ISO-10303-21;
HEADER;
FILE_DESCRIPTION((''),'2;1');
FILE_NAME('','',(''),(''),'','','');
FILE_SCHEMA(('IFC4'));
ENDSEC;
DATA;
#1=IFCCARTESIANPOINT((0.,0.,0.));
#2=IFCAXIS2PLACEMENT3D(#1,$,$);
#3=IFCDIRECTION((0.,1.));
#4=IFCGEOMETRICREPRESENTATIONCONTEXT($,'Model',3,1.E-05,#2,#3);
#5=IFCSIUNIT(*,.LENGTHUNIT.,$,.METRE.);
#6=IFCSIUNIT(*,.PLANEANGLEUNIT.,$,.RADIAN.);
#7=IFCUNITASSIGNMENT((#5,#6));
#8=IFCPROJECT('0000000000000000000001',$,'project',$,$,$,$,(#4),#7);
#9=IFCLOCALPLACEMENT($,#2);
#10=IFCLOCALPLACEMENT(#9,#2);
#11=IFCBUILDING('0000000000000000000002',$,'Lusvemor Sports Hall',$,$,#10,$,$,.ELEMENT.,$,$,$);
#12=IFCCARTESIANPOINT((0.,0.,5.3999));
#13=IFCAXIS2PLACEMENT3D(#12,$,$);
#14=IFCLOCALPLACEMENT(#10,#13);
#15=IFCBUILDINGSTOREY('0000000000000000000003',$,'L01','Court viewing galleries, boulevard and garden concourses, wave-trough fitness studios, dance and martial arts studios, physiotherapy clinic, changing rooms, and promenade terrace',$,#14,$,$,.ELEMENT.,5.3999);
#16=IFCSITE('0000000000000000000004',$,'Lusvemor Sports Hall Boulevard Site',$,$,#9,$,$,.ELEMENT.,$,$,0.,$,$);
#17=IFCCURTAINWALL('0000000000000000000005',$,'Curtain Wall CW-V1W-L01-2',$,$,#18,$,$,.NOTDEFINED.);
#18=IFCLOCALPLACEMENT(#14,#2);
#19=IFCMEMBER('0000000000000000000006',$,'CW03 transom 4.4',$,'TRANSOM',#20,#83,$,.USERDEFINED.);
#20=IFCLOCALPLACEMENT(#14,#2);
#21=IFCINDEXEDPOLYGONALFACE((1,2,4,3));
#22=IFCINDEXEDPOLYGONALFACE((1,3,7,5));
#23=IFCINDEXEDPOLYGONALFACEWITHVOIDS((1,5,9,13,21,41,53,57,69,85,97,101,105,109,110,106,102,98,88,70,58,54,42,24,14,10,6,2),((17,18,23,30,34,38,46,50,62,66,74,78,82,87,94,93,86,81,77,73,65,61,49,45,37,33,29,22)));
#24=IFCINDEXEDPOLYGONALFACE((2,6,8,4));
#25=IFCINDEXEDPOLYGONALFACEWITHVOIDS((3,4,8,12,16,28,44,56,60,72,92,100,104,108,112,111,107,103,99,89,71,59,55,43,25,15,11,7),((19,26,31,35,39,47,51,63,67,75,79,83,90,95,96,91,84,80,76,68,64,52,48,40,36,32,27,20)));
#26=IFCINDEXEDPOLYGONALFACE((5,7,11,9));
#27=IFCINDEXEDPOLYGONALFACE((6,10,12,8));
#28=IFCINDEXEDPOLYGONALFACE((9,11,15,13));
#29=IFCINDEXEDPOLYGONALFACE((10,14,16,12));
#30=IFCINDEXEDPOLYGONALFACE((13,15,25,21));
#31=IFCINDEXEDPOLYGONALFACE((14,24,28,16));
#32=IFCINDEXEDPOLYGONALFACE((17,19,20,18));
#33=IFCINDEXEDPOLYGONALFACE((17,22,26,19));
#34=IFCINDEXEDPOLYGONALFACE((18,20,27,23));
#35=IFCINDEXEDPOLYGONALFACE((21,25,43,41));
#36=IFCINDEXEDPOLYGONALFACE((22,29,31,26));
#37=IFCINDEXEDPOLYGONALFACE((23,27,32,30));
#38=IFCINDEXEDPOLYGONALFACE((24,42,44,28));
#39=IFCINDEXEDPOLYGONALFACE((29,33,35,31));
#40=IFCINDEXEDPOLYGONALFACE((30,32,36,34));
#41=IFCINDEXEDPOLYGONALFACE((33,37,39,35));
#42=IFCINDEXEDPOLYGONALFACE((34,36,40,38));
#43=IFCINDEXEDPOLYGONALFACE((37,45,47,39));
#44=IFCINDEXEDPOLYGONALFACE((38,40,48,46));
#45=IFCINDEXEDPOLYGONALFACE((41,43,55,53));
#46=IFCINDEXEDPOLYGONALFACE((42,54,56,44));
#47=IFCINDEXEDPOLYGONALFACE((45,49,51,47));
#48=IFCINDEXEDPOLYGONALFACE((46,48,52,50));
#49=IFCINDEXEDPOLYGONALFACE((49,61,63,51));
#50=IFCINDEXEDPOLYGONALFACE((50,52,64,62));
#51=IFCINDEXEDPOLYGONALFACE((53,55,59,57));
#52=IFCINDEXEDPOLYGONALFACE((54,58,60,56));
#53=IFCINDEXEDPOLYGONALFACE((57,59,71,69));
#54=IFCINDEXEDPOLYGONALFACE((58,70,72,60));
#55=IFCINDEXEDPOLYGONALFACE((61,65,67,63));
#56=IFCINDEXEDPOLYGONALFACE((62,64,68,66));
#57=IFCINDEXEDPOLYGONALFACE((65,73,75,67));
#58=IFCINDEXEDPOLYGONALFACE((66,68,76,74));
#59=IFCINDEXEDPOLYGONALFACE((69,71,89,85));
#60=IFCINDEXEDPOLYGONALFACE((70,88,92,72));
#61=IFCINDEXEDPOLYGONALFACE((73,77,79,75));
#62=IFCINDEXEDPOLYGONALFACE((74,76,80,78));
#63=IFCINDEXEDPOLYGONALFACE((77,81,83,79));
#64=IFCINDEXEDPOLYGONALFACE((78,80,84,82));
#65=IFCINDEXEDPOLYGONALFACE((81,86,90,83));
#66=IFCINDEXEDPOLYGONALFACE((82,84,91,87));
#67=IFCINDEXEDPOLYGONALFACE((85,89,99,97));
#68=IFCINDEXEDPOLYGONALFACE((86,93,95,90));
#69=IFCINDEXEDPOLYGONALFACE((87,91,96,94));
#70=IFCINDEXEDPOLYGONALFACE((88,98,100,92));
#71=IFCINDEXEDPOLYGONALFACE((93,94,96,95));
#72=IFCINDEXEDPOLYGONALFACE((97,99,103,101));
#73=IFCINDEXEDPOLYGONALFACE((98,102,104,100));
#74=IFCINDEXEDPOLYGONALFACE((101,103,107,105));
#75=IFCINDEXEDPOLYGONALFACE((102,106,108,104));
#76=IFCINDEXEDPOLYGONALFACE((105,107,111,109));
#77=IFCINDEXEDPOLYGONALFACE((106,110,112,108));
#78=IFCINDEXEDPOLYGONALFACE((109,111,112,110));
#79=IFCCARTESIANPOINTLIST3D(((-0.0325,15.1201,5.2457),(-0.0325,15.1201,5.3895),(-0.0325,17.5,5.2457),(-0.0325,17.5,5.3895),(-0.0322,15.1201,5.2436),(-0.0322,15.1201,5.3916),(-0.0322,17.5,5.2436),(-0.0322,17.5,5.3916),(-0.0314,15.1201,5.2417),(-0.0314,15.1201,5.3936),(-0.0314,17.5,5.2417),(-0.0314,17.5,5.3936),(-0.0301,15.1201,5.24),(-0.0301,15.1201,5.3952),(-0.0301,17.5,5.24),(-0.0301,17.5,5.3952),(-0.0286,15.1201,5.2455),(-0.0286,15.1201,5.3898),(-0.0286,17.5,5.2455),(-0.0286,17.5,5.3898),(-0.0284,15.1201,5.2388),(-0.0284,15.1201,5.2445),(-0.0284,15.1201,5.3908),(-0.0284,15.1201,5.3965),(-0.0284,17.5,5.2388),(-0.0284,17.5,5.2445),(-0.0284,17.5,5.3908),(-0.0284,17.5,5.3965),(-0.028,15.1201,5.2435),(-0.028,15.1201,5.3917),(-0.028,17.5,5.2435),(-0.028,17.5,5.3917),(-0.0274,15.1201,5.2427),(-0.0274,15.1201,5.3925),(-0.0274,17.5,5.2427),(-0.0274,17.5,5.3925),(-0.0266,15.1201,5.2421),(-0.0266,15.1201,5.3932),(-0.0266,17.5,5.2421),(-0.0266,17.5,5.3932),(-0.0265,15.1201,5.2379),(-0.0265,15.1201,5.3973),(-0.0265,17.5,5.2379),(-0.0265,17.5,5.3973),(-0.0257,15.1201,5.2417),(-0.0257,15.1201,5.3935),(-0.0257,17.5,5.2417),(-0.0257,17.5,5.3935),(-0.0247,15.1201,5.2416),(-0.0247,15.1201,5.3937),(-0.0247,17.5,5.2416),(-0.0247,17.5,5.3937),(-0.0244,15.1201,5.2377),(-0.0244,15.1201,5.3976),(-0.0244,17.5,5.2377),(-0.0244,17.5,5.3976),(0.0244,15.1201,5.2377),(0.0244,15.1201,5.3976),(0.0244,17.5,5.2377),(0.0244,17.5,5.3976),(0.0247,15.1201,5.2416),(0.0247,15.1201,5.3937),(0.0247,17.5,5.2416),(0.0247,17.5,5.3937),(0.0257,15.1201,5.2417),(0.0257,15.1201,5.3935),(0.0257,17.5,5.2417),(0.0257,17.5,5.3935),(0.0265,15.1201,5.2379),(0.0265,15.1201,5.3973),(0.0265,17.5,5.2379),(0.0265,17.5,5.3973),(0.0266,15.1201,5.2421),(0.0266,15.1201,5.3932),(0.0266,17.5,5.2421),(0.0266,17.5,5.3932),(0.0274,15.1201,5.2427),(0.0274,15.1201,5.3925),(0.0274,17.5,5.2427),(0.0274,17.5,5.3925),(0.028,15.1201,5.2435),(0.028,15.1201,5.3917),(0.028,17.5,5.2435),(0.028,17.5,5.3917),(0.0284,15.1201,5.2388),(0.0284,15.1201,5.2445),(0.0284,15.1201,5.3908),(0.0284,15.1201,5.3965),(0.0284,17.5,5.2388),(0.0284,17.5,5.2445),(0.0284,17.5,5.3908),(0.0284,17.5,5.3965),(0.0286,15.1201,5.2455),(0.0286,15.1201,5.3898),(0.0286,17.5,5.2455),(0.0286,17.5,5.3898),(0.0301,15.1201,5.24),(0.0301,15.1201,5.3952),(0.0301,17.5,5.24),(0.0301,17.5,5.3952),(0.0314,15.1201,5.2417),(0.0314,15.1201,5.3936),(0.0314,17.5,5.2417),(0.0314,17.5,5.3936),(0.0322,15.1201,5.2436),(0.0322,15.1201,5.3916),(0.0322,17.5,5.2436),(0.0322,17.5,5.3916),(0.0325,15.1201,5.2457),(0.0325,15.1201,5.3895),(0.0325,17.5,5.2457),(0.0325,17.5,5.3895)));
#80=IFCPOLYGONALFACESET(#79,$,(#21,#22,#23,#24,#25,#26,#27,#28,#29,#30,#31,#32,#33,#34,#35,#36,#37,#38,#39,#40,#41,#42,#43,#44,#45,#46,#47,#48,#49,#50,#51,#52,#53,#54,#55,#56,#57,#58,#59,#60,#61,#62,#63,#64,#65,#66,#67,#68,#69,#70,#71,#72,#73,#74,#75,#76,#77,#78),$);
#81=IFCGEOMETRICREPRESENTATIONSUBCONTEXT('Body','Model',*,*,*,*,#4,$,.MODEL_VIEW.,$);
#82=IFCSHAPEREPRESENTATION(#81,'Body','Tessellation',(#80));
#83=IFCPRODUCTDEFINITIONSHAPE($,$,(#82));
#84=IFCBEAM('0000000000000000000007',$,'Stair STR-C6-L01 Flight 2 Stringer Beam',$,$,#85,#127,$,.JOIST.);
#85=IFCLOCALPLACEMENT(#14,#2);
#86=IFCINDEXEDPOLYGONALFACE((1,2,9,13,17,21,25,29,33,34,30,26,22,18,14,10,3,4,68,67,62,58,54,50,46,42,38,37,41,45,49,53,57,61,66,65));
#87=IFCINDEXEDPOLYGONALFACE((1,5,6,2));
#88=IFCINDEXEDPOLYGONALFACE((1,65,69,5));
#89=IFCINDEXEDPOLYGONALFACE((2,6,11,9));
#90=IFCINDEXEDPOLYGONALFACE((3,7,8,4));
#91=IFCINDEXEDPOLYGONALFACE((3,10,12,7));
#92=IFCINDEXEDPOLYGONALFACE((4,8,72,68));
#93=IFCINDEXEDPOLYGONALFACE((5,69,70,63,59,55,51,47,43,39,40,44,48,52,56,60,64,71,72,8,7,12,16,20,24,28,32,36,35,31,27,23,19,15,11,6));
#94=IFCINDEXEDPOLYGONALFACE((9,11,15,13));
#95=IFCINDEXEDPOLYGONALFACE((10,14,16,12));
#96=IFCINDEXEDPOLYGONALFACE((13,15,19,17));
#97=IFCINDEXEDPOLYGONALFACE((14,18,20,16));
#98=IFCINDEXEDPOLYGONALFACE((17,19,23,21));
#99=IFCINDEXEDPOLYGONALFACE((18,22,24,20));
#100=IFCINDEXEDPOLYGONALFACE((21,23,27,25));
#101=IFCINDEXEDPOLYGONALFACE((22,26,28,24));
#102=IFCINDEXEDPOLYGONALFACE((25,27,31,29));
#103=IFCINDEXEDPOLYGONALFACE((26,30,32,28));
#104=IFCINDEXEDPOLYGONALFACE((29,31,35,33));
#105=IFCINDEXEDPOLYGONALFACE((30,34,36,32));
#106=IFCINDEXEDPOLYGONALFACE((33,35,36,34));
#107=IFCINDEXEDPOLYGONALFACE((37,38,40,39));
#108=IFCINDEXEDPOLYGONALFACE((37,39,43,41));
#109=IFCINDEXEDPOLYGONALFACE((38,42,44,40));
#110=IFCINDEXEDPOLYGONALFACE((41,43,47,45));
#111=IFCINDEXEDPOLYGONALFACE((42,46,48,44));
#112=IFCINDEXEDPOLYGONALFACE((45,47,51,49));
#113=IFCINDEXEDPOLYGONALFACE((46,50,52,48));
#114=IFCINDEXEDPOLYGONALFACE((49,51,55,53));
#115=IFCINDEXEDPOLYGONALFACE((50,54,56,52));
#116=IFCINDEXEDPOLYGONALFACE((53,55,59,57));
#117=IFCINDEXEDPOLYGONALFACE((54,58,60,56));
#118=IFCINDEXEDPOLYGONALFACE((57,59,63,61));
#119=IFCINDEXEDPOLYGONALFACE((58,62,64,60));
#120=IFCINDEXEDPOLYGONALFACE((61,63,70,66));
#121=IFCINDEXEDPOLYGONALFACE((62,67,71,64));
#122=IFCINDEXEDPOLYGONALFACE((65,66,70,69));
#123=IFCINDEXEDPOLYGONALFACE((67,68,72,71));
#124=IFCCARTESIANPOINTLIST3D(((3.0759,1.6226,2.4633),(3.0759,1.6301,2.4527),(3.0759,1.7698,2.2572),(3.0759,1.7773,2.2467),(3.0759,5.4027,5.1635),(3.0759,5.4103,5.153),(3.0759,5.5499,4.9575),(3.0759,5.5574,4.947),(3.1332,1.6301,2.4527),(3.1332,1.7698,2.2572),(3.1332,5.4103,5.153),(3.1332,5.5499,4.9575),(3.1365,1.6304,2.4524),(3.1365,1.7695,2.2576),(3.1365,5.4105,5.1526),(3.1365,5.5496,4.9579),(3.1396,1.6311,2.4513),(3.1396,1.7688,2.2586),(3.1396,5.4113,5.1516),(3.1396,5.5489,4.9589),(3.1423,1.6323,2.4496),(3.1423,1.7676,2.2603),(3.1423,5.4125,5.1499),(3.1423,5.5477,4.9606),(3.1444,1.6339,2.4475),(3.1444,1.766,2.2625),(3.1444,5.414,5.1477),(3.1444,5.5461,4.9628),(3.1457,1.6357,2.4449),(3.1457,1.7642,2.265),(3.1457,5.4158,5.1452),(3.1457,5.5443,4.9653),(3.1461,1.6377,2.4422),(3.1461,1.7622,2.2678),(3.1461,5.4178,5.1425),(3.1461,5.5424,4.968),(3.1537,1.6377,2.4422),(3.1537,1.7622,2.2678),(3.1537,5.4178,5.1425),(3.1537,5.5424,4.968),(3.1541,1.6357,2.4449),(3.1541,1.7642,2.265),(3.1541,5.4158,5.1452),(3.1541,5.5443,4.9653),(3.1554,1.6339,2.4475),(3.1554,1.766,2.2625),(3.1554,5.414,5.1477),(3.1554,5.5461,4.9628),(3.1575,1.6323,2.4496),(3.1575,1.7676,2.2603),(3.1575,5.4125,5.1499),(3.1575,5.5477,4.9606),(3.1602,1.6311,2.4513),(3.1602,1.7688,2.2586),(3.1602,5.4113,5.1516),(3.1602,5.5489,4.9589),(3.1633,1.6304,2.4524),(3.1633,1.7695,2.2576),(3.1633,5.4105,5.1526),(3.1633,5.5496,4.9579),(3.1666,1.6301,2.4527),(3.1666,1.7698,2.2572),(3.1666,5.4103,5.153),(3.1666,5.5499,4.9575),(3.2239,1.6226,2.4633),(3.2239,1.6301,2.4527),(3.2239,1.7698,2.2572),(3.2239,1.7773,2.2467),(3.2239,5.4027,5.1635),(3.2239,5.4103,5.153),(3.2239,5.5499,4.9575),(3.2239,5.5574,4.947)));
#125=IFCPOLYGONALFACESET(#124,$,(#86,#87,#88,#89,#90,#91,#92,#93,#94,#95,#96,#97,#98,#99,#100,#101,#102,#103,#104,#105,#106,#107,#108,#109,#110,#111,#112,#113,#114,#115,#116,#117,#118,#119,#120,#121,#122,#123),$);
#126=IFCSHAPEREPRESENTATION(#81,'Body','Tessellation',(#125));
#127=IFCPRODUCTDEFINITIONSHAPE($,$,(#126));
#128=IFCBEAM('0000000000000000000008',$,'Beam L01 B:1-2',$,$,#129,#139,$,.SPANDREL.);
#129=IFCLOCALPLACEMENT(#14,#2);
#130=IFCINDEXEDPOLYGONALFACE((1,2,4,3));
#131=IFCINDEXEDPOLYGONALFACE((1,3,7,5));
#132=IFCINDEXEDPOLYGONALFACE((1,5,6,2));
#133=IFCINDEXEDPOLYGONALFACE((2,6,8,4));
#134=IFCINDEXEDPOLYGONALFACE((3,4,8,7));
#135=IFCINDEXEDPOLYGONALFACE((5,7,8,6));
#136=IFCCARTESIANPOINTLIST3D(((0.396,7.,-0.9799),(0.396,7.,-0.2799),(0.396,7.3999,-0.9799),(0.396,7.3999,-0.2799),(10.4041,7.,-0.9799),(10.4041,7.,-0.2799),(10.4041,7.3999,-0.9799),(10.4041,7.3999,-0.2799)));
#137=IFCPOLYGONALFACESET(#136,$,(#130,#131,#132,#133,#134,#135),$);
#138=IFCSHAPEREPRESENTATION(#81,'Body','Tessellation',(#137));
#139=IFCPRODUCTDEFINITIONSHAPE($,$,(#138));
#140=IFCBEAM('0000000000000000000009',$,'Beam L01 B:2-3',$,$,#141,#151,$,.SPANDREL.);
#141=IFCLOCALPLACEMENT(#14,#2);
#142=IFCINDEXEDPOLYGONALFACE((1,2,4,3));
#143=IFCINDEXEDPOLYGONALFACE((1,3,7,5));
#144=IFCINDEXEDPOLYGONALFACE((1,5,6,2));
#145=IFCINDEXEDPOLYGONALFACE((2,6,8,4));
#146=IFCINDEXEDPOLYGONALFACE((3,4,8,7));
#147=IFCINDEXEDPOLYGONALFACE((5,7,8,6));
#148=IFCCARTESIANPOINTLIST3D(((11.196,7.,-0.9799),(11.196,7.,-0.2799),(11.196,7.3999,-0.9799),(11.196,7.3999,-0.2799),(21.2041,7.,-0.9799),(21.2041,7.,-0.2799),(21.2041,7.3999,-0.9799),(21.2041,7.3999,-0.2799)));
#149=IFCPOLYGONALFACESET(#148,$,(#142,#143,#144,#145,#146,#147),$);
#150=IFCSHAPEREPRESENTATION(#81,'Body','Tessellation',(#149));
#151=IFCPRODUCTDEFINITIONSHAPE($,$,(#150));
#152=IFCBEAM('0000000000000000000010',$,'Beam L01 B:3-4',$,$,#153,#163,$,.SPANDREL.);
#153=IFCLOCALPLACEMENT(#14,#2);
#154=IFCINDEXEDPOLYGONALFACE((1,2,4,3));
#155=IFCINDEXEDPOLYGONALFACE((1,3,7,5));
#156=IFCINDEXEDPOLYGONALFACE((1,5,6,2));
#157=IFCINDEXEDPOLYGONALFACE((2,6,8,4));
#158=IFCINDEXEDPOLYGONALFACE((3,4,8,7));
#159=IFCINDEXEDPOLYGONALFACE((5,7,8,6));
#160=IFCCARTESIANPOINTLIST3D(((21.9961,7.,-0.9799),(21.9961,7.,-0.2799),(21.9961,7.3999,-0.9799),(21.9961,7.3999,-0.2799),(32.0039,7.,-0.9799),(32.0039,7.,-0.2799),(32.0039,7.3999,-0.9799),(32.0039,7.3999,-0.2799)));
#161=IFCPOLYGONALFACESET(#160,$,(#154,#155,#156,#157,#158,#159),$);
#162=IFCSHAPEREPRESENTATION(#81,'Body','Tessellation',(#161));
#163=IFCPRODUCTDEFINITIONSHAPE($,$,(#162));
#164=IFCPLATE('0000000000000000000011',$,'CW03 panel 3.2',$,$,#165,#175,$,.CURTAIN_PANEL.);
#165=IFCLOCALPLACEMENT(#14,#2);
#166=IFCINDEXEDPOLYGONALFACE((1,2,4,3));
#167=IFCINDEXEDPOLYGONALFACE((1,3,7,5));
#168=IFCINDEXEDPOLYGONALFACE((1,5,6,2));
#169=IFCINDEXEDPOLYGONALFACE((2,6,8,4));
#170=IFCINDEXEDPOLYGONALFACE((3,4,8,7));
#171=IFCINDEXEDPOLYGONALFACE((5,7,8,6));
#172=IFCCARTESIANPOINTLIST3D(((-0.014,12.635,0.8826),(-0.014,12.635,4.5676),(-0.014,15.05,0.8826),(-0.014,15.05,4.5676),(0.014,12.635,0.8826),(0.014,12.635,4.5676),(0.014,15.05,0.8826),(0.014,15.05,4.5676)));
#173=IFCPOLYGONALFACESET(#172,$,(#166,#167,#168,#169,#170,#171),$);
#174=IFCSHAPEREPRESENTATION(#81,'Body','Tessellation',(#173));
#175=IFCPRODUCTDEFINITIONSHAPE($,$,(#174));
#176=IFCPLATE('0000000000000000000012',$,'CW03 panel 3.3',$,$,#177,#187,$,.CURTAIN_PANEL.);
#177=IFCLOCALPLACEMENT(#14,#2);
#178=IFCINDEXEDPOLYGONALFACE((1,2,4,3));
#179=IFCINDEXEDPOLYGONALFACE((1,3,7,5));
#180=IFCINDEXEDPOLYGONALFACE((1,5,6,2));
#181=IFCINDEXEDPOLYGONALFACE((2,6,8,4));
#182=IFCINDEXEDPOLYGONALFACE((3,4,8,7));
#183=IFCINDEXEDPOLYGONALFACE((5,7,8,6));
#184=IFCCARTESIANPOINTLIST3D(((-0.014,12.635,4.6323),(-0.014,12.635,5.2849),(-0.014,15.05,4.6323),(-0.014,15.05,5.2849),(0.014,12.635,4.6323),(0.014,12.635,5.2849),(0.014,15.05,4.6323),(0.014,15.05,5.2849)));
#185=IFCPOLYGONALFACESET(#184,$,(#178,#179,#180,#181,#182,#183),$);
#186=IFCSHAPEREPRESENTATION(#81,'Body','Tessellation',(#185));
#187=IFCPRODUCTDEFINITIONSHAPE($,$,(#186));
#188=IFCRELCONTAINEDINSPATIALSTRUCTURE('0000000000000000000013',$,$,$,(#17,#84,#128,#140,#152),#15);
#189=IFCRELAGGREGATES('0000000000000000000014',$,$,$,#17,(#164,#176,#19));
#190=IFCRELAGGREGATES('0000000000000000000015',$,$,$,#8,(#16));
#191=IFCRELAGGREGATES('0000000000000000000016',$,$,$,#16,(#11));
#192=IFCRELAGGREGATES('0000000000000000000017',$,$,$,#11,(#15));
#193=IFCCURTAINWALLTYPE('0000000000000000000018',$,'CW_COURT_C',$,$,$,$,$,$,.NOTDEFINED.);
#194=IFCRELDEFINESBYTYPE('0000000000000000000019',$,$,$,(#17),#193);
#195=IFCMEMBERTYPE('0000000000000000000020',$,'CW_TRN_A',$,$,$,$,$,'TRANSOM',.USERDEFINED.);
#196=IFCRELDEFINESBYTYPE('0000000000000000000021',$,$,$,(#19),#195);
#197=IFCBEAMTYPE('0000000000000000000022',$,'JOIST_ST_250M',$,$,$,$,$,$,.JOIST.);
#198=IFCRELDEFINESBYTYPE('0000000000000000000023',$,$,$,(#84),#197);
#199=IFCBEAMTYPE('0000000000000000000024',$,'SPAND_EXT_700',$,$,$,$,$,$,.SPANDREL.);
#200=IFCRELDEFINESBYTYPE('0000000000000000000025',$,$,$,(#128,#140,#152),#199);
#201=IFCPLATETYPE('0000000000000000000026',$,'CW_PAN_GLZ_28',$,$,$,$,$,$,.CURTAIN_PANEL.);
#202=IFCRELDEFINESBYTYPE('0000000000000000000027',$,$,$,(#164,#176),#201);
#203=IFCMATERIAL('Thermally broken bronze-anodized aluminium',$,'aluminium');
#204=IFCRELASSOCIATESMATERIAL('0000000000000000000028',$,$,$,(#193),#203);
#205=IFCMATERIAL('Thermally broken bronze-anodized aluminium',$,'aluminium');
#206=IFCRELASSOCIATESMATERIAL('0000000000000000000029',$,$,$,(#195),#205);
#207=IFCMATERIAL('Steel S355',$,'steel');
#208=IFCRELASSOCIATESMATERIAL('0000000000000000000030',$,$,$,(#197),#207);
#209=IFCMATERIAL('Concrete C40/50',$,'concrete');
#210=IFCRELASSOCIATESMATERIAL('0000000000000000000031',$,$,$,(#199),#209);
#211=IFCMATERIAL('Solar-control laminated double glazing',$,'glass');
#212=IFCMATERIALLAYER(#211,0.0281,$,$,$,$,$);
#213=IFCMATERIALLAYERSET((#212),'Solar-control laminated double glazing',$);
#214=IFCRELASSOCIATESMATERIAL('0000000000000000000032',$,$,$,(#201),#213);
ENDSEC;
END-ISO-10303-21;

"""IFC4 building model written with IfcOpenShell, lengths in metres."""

from ifc_helpers import new_model, si_unit, direction, frame, origin, origin_2d, place, context, subcontext, project, spatial, rectangle, hollow_rectangle, i_section, extrude, material, layer, layer_set, material_profile, profile_set, type_object, element, aggregate, save


model = new_model("IFC4")

# Units and contexts
model_context = context("Model", 3, precision=1e-05, world=origin(), true_north=direction((0.0, 1.0)))
body_context = subcontext(model_context, "Body", "Model", "MODEL_VIEW")
ifc_project = project(units=[si_unit("LENGTHUNIT", "METRE"), si_unit("PLANEANGLEUNIT", "RADIAN")], contexts=[model_context])

# Site, building, storey
site_placement = place(None, origin())
site = spatial("IfcSite", under=ifc_project, at=site_placement, Name="Lusvemor Sports Hall Boulevard Site", CompositionType="ELEMENT", RefElevation=0.0)
building_placement = place(site_placement, origin())
building = spatial("IfcBuilding", under=site, at=building_placement, Name="Lusvemor Sports Hall", CompositionType="ELEMENT")
storey_placement = place(building_placement, frame((0.0, 0.0, 5.3999)))
storey = spatial("IfcBuildingStorey", under=building, at=storey_placement, Name="L01", Description="Court viewing galleries, boulevard and garden concourses, wave-trough fitness studios, dance and martial arts studios, physiotherapy clinic, changing rooms, and promenade terrace", CompositionType="ELEMENT", Elevation=5.3999)

# Curtain wall, member
ifc_material_1 = material(Name="Thermally broken bronze-anodized aluminium", Category="aluminium")
curtain_wall_type = type_object("IfcCurtainWallType", Name="CW_COURT_C", PredefinedType="NOTDEFINED", material=ifc_material_1)
curtain_wall_placement = place(storey_placement, origin())
curtain_wall = element("IfcCurtainWall", 1, at=curtain_wall_placement, inside=storey, type_object=curtain_wall_type, Name="Curtain Wall CW-V1W-L01-2", PredefinedType="NOTDEFINED")
ifc_material_2 = material(Name="Thermally broken bronze-anodized aluminium", Category="aluminium")
ifc_material_profile_1 = material_profile(ifc_material_2, hollow_rectangle(XDim=0.0649, YDim=0.1599, WallThickness=0.0039, InnerFilletRadius=0.0039, OuterFilletRadius=0.0081, at=origin_2d()), Name="CWTRN160x65x4")
ifc_profile_set_1 = profile_set([ifc_material_profile_1], Name="Thermally broken bronze-anodized aluminium")
member_type_1 = type_object("IfcMemberType", Name="CW_TRN_A", ElementType="TRANSOM", PredefinedType="USERDEFINED", material=ifc_profile_set_1)
member_1_placement = place(storey_placement, frame((0.0, 15.1201, 5.3176), z_axis=(0.0, 1.0, 0.0), x_axis=(-1.0, 0.0, 0.0)))
member_1 = element("IfcMember", 2, at=member_1_placement, type_object=member_type_1, Name="CW03 transom 4.4", ObjectType="TRANSOM", PredefinedType="USERDEFINED", context=body_context, shape_type="SweptSolid", body=[
    extrude(hollow_rectangle(XDim=0.0649, YDim=0.1599, WallThickness=0.0039, InnerFilletRadius=0.0039, OuterFilletRadius=0.0081, at=origin_2d()), origin(), (0.0, 0.0, 1.0), 2.3799),
])

# Beams
ifc_material_3 = material(Name="Steel S355", Category="steel")
ifc_material_profile_2 = material_profile(ifc_material_3, i_section(OverallWidth=0.1479, OverallDepth=0.2661, WebThickness=0.0076, FlangeThickness=0.0129, FilletRadius=0.0129, at=origin_2d()), Name="W250x44.8")
ifc_profile_set_2 = profile_set([ifc_material_profile_2], Name="Steel S355")
beam_type_1 = type_object("IfcBeamType", Name="JOIST_ST_250M", PredefinedType="JOIST", material=ifc_profile_set_2)
beam_1_placement = place(storey_placement, frame((3.1499, 1.7, 2.355), z_axis=(0.0, 0.813716, 0.581263), x_axis=(-1.0, 0.0, 0.0)))
element("IfcBeam", 3, at=beam_1_placement, inside=storey, type_object=beam_type_1, Name="Stair STR-C6-L01 Flight 2 Stringer Beam", PredefinedType="JOIST", context=body_context, shape_type="SweptSolid", body=[
    extrude(i_section(OverallWidth=0.1479, OverallDepth=0.2661, WebThickness=0.0076, FlangeThickness=0.0129, FilletRadius=0.0129, at=origin_2d()), origin(), (0.0, 0.0, 1.0), 4.6455),
])
ifc_material_4 = material(Name="Concrete C40/50", Category="concrete")
ifc_material_profile_3 = material_profile(ifc_material_4, rectangle(XDim=0.3999, YDim=0.7, at=origin_2d()), Name="RC400x700")
ifc_profile_set_3 = profile_set([ifc_material_profile_3], Name="Concrete C40/50")
beam_type_2 = type_object("IfcBeamType", Name="SPAND_EXT_700", PredefinedType="SPANDREL", material=ifc_profile_set_3)
for number, where, z_axis, x_axis, name in (
    (4, (0.396, 7.2, -0.6299), (1.0, 0.0, 0.0), (0.0, 1.0, 0.0), "Beam L01 B:1-2"),
    (5, (11.196, 7.2, -0.6299), (1.0, 0.0, 0.0), (0.0, 1.0, 0.0), "Beam L01 B:2-3"),
):
    element("IfcBeam", number, at=place(storey_placement, frame(where, z_axis=z_axis, x_axis=x_axis)), inside=storey, type_object=beam_type_2, Name=name, PredefinedType="SPANDREL", context=body_context, shape_type="SweptSolid", body=[
        extrude(rectangle(XDim=0.3999, YDim=0.7, at=origin_2d()), origin(), (0.0, 0.0, 1.0), 10.0081),
    ])
beam_2_placement = place(storey_placement, frame((21.9961, 7.2, -0.6299), z_axis=(1.0, 0.0, 0.0), x_axis=(0.0, 1.0, 0.0)))
element("IfcBeam", 6, at=beam_2_placement, inside=storey, type_object=beam_type_2, Name="Beam L01 B:3-4", PredefinedType="SPANDREL", context=body_context, shape_type="SweptSolid", body=[
    extrude(rectangle(XDim=0.3999, YDim=0.7, at=origin_2d()), origin(), (0.0, 0.0, 1.0), 10.0078),
])

# Plates
ifc_material_5 = material(Name="Solar-control laminated double glazing", Category="glass")
ifc_layer_1 = layer(ifc_material_5, 0.0281)
ifc_layer_set_1 = layer_set([ifc_layer_1], Name="Solar-control laminated double glazing")
plate_type_1 = type_object("IfcPlateType", Name="CW_PAN_GLZ_28", PredefinedType="CURTAIN_PANEL", material=ifc_layer_set_1)
plate_1_placement = place(storey_placement, frame((0.0, 13.8425, 0.8826), z_axis=(0.0, 0.0, 1.0), x_axis=(0.0, 1.0, 0.0)))
plate_1 = element("IfcPlate", 7, at=plate_1_placement, type_object=plate_type_1, Name="CW03 panel 3.2", PredefinedType="CURTAIN_PANEL", context=body_context, shape_type="SweptSolid", body=[
    extrude(rectangle(XDim=2.415, YDim=0.0281, at=origin_2d()), origin(), (0.0, 0.0, 1.0), 3.6851),
])
plate_2_placement = place(storey_placement, frame((0.0, 13.8425, 4.6323), z_axis=(0.0, 0.0, 1.0), x_axis=(0.0, 1.0, 0.0)))
plate_2 = element("IfcPlate", 8, at=plate_2_placement, type_object=plate_type_1, Name="CW03 panel 3.3", PredefinedType="CURTAIN_PANEL", context=body_context, shape_type="SweptSolid", body=[
    extrude(rectangle(XDim=2.415, YDim=0.0281, at=origin_2d()), origin(), (0.0, 0.0, 1.0), 0.6526),
])
aggregate(curtain_wall, [plate_1, plate_2, member_1])

save(model, "model.ifc")
